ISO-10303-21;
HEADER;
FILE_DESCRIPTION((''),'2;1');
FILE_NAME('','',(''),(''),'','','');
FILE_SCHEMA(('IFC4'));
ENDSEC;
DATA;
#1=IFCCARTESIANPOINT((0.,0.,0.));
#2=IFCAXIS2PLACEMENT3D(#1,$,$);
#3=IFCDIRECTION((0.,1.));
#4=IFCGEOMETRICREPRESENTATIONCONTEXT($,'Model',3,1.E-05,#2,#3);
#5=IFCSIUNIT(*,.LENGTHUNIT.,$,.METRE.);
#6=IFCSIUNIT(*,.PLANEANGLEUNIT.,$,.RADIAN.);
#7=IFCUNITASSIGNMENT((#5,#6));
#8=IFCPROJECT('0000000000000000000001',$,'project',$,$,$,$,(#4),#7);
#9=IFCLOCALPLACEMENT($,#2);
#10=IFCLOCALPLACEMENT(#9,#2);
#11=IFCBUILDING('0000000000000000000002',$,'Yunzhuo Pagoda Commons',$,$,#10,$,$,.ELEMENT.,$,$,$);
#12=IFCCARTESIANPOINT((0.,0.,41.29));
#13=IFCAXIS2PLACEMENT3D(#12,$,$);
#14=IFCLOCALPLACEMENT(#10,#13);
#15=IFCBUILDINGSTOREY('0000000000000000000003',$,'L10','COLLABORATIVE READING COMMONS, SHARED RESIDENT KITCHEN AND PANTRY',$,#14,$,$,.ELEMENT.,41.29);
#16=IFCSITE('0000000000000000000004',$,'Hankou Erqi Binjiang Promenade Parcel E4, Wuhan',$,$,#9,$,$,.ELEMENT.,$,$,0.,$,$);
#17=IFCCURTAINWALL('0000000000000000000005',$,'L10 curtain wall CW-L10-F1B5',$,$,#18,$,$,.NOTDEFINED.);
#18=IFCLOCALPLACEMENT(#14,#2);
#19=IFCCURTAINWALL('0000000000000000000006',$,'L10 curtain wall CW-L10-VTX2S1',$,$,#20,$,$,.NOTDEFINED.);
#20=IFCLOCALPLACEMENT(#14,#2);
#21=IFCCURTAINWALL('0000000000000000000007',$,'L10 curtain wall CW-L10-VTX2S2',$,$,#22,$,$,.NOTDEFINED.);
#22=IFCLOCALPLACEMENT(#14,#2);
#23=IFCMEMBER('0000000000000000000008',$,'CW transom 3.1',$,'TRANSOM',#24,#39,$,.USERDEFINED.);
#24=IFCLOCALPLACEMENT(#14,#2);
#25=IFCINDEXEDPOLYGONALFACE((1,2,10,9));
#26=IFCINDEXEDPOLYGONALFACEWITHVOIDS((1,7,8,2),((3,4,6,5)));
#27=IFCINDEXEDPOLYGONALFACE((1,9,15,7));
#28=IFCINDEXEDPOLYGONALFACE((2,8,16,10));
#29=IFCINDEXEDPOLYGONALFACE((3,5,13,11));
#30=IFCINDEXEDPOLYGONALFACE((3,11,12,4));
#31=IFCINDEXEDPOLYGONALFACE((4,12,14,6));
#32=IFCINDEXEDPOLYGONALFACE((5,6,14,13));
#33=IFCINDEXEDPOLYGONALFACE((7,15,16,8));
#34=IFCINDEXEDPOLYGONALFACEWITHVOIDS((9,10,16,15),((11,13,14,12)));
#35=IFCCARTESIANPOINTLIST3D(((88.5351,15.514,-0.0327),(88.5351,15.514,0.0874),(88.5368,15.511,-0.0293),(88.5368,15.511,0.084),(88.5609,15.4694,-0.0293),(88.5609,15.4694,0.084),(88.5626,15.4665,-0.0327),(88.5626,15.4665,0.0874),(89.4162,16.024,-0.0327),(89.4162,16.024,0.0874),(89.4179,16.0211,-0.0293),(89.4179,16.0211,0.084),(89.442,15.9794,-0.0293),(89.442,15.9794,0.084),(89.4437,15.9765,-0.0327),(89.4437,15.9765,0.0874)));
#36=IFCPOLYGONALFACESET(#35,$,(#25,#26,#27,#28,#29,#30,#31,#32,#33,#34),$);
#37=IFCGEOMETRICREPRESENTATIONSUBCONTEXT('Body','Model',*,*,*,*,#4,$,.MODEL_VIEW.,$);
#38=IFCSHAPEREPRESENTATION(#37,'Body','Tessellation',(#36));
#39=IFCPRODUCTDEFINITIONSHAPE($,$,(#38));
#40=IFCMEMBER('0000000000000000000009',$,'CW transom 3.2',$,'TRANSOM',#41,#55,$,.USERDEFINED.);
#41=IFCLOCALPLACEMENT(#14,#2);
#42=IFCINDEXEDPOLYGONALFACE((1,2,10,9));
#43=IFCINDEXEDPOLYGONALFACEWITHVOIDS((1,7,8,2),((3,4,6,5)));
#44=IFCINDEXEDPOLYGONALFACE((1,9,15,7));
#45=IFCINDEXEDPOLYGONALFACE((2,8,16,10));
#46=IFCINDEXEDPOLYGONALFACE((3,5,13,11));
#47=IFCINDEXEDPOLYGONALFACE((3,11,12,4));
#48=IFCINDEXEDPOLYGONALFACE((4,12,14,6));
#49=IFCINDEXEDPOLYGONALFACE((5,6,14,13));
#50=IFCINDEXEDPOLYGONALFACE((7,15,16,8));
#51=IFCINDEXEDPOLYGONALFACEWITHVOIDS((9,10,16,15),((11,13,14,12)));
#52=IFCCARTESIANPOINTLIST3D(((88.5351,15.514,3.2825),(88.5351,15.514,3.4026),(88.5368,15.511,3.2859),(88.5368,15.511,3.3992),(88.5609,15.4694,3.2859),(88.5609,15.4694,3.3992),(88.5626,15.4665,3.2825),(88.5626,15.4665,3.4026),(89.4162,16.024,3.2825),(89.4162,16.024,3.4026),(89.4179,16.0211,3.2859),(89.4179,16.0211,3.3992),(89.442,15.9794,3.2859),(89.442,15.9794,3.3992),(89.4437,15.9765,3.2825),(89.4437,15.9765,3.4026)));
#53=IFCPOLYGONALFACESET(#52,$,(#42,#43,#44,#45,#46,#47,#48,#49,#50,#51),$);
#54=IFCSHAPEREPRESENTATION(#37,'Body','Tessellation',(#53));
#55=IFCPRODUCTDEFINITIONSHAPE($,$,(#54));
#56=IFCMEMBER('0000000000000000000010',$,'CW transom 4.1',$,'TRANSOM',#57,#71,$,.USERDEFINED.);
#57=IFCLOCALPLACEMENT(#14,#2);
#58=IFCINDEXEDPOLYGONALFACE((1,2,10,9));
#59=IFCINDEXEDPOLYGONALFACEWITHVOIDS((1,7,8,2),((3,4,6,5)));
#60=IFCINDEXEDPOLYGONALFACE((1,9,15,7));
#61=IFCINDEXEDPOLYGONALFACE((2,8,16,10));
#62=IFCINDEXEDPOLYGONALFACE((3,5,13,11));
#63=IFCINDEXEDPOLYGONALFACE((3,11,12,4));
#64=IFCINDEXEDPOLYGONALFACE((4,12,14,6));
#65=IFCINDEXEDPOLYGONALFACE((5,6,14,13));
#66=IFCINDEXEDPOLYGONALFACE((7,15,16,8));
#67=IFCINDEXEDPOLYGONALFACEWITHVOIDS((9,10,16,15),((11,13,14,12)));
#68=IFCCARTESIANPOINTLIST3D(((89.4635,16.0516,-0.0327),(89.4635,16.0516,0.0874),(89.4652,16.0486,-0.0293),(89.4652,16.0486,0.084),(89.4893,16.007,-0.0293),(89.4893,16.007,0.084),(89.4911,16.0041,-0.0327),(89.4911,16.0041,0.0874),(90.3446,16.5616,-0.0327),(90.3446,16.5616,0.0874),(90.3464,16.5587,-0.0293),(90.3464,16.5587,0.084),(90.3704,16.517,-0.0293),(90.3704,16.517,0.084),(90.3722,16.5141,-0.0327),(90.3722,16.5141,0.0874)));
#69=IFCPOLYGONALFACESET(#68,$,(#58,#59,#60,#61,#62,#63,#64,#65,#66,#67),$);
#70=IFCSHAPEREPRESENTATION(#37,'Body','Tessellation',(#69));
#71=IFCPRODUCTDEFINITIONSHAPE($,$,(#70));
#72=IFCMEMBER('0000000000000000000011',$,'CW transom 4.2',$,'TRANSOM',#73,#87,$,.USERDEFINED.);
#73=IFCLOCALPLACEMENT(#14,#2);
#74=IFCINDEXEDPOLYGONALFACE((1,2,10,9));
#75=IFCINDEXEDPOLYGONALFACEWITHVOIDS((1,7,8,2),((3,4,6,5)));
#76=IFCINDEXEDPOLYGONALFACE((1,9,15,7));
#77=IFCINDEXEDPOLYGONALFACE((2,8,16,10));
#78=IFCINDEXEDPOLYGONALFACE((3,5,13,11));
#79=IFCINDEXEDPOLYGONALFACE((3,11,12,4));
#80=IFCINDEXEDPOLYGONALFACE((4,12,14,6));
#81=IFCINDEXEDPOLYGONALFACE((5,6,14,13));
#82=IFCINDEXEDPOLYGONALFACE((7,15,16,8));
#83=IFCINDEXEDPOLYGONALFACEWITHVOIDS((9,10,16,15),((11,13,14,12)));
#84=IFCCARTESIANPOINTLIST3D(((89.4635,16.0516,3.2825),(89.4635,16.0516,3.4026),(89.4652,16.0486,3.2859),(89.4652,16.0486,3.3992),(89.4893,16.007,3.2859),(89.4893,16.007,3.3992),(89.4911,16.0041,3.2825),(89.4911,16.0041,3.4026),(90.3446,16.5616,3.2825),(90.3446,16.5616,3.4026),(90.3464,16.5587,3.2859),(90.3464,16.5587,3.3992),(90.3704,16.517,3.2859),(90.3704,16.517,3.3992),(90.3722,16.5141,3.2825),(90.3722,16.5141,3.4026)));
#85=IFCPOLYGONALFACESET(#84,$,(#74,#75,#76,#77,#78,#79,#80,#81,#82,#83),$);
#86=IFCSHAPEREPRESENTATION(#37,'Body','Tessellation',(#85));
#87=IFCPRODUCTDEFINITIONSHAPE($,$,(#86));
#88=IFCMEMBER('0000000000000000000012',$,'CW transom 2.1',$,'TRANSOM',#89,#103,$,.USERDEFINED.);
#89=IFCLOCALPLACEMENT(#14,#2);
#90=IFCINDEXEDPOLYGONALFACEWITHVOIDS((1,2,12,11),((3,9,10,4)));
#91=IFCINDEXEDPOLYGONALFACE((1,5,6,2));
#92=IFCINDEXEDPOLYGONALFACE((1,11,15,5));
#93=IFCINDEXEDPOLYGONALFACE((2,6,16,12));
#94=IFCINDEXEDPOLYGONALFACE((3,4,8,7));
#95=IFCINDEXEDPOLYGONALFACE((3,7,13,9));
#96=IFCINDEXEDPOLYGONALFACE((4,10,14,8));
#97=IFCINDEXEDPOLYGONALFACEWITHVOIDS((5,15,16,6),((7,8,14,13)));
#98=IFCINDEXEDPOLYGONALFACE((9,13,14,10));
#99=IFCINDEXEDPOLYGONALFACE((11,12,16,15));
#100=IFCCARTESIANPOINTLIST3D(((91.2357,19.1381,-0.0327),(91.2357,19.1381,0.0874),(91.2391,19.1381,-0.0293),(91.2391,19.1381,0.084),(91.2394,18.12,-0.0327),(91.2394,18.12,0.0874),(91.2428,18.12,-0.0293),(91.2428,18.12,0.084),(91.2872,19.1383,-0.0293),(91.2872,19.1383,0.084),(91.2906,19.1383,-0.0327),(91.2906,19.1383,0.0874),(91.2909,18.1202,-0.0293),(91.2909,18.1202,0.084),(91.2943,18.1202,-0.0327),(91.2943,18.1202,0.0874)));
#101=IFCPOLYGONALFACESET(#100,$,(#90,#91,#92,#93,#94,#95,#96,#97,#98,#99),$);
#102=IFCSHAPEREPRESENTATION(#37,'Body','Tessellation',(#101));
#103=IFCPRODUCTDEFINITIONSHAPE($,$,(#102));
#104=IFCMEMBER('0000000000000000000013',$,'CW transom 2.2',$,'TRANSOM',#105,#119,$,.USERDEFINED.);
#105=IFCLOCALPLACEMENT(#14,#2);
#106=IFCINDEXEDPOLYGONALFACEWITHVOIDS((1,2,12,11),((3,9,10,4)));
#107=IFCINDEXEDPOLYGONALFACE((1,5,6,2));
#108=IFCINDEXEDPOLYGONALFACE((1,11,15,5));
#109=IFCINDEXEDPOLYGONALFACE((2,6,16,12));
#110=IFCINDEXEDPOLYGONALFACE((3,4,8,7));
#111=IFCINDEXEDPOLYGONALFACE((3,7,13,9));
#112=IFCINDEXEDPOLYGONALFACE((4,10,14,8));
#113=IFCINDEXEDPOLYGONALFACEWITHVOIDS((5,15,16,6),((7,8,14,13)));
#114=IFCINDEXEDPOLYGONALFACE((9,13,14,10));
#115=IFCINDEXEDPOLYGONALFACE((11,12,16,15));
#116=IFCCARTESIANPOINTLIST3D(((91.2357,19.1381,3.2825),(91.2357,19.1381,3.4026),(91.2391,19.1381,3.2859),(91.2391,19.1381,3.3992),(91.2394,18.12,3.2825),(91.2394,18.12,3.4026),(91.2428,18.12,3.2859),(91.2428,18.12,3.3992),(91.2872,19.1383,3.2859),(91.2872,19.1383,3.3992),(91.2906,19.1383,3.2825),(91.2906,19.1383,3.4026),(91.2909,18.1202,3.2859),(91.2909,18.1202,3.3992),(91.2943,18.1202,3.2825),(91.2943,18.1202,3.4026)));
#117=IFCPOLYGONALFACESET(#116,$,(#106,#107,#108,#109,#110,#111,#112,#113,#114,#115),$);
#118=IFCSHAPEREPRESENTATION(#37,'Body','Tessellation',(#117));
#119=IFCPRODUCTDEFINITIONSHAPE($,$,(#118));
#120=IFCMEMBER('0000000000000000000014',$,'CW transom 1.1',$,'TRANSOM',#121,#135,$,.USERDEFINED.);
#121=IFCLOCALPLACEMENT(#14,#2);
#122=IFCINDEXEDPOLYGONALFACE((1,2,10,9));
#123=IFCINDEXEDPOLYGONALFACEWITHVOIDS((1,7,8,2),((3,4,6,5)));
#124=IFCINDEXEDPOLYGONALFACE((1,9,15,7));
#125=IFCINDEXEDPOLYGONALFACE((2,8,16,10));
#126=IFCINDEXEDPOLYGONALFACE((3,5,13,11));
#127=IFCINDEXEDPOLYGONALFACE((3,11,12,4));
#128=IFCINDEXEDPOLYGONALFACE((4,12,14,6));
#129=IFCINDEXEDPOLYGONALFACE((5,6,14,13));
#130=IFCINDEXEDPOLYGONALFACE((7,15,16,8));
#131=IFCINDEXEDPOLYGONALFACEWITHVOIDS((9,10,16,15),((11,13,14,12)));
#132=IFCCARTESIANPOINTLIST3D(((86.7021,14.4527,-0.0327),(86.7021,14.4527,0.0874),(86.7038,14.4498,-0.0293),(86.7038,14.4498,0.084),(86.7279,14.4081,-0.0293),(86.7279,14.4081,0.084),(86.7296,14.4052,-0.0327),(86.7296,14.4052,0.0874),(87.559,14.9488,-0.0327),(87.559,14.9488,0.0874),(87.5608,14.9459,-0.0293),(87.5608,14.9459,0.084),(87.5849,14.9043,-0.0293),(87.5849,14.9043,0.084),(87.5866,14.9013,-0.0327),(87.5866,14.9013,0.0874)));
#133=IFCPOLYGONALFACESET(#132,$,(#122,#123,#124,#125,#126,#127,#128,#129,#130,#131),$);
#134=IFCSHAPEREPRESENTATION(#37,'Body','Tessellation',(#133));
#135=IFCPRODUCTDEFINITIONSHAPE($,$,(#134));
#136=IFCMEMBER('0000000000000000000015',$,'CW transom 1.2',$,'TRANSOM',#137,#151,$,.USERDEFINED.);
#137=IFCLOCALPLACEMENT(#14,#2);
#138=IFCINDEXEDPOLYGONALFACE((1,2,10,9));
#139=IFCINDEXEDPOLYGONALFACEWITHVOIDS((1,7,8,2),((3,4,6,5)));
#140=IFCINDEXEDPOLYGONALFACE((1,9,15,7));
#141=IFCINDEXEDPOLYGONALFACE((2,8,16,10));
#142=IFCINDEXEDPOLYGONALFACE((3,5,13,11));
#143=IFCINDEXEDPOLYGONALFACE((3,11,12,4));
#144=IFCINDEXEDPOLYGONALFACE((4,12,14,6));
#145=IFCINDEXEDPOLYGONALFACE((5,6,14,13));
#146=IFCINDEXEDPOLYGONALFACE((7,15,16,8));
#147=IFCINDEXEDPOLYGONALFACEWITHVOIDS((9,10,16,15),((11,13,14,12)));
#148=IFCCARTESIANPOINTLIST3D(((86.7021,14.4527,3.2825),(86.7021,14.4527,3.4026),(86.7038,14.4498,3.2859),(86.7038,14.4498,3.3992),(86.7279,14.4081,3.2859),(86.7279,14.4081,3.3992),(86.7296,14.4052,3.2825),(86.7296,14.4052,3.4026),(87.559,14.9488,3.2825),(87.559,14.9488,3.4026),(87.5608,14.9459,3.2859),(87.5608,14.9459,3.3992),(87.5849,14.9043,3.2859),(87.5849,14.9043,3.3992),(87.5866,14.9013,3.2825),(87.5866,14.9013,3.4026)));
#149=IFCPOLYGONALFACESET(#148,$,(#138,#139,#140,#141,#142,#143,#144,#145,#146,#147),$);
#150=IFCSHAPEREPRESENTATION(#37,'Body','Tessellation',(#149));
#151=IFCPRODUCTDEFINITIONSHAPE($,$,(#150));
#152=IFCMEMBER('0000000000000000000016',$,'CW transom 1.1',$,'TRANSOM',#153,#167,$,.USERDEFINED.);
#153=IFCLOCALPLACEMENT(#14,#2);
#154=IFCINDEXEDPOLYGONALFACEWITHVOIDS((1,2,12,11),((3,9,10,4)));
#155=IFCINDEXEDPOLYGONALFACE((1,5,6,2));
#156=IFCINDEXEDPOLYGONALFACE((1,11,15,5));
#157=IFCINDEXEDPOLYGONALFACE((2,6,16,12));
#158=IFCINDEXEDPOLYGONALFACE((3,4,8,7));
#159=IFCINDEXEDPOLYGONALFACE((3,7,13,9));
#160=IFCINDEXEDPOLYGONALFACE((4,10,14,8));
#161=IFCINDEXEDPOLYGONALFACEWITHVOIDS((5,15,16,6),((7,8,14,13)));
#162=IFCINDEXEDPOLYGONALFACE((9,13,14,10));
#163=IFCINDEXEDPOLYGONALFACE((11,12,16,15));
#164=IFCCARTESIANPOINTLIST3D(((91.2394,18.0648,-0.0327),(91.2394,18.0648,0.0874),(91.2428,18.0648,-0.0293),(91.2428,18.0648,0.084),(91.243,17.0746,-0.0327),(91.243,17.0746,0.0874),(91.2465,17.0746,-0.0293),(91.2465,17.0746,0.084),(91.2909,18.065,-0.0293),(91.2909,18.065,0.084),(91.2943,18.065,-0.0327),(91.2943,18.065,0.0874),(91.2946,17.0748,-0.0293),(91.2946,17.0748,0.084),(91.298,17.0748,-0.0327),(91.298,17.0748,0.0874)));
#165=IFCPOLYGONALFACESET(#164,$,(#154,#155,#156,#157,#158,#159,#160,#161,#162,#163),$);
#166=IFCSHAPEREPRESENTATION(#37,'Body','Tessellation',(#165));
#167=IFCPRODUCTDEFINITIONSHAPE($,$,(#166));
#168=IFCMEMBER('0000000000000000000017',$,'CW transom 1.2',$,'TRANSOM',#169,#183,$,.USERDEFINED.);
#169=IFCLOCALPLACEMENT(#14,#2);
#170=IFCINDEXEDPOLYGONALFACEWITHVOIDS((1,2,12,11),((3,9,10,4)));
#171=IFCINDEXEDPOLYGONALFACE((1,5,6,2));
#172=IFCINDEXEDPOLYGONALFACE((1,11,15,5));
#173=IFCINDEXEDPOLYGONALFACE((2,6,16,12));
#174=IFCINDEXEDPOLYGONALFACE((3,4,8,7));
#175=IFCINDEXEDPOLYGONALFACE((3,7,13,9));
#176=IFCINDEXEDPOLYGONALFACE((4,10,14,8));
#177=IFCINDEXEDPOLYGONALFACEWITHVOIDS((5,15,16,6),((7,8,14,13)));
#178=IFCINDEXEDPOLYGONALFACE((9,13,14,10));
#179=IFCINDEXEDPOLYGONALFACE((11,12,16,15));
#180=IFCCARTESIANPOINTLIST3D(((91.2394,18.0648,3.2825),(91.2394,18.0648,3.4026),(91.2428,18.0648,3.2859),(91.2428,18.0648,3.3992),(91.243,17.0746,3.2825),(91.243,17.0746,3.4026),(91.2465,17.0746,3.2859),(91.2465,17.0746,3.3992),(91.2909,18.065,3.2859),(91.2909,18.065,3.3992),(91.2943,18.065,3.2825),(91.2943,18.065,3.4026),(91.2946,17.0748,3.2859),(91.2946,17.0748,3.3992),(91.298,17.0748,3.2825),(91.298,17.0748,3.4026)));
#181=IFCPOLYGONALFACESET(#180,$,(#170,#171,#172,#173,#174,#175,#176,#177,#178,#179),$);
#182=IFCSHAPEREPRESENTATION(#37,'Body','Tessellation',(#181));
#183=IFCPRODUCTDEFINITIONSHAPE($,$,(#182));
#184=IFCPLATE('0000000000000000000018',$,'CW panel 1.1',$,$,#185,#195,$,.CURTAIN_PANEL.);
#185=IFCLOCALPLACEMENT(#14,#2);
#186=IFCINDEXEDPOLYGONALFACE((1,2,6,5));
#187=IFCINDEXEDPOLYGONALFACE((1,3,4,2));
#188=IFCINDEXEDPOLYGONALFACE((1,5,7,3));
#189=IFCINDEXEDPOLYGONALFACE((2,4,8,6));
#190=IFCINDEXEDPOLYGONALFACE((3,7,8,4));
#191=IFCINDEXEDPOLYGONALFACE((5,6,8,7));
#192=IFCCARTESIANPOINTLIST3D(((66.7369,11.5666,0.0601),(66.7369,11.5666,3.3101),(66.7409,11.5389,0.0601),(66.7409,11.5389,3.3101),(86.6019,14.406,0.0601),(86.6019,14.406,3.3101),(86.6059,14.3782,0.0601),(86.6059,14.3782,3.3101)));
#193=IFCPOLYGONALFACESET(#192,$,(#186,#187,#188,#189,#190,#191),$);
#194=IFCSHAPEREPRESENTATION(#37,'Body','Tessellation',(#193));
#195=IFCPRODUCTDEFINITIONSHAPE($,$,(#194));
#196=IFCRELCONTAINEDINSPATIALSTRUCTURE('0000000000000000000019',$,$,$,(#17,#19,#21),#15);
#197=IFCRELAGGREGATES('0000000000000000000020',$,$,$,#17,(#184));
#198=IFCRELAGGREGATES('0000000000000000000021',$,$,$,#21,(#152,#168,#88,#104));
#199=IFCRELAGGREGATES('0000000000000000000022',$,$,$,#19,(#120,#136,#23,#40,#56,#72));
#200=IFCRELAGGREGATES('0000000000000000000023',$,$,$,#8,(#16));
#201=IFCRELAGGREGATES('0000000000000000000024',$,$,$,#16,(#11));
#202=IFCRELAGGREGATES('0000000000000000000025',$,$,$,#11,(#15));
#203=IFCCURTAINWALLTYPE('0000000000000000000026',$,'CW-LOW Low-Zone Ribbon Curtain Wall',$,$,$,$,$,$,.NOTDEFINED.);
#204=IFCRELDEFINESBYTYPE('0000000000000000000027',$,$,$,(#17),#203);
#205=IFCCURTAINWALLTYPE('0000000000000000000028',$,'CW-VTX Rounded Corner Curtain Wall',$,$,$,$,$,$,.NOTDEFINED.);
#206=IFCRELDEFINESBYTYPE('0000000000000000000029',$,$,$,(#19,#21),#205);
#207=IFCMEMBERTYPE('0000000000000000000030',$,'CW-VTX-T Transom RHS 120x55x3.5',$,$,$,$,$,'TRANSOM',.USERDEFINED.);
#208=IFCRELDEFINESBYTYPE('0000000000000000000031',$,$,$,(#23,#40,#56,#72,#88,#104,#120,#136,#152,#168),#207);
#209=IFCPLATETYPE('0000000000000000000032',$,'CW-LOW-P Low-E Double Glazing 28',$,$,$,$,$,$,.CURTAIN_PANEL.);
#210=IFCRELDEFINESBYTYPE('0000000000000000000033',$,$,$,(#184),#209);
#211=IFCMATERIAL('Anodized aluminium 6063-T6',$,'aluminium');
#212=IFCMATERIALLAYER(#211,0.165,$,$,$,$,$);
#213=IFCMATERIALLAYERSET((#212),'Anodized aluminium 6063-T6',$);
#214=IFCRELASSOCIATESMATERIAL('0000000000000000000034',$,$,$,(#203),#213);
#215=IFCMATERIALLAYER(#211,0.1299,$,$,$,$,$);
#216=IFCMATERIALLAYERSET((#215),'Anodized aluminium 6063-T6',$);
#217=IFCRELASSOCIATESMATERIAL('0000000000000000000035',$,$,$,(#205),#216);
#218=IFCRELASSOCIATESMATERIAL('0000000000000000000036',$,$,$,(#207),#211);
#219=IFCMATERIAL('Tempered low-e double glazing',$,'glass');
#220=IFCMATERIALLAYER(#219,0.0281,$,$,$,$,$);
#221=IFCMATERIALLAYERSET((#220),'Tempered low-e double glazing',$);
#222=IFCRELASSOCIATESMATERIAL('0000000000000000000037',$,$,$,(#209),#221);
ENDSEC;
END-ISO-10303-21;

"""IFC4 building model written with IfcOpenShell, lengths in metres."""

from ifc_helpers import new_model, si_unit, direction, frame, origin, origin_2d, place, context, subcontext, project, spatial, rectangle, hollow_rectangle, extrude, source, transform, mapped, material, layer, layer_set, material_profile, profile_set, type_object, element, aggregate, save


model = new_model("IFC4")

# Units and contexts
model_context = context("Model", 3, precision=1e-05, world=origin(), true_north=direction((0.0, 1.0)))
body_context = subcontext(model_context, "Body", "Model", "MODEL_VIEW")
ifc_project = project(units=[si_unit("LENGTHUNIT", "METRE"), si_unit("PLANEANGLEUNIT", "RADIAN")], contexts=[model_context])

# Site, building, storey
site_placement = place(None, origin())
site = spatial("IfcSite", under=ifc_project, at=site_placement, Name="Hankou Erqi Binjiang Promenade Parcel E4, Wuhan", CompositionType="ELEMENT", RefElevation=0.0)
building_placement = place(site_placement, origin())
building = spatial("IfcBuilding", under=site, at=building_placement, Name="Yunzhuo Pagoda Commons", CompositionType="ELEMENT")
storey_placement = place(building_placement, frame((0.0, 0.0, 41.29)))
storey = spatial("IfcBuildingStorey", under=building, at=storey_placement, Name="L10", Description="COLLABORATIVE READING COMMONS, SHARED RESIDENT KITCHEN AND PANTRY", CompositionType="ELEMENT", Elevation=41.29)

# Curtain wall
ifc_material_1 = material(Name="Anodized aluminium 6063-T6", Category="aluminium")
ifc_layer_1 = layer(ifc_material_1, 0.165)
ifc_layer_set_1 = layer_set([ifc_layer_1], Name="Anodized aluminium 6063-T6")
curtain_wall_type_1 = type_object("IfcCurtainWallType", Name="CW-LOW Low-Zone Ribbon Curtain Wall", PredefinedType="NOTDEFINED", material=ifc_layer_set_1)
curtain_wall_1_placement = place(storey_placement, origin())
curtain_wall_1 = element("IfcCurtainWall", 1, at=curtain_wall_1_placement, inside=storey, type_object=curtain_wall_type_1, Name="L10 curtain wall CW-L10-F1B5", PredefinedType="NOTDEFINED")

# Curtain wall
ifc_layer_2 = layer(ifc_material_1, 0.1299)
ifc_layer_set_2 = layer_set([ifc_layer_2], Name="Anodized aluminium 6063-T6")
curtain_wall_type_2 = type_object("IfcCurtainWallType", Name="CW-VTX Rounded Corner Curtain Wall", PredefinedType="NOTDEFINED", material=ifc_layer_set_2)
curtain_wall_2_placement = place(storey_placement, origin())
curtain_wall_2 = element("IfcCurtainWall", 2, at=curtain_wall_2_placement, inside=storey, type_object=curtain_wall_type_2, Name="L10 curtain wall CW-L10-VTX2S1", PredefinedType="NOTDEFINED")

# Curtain wall
curtain_wall_3_placement = place(storey_placement, origin())
curtain_wall_3 = element("IfcCurtainWall", 3, at=curtain_wall_3_placement, inside=storey, type_object=curtain_wall_type_2, Name="L10 curtain wall CW-L10-VTX2S2", PredefinedType="NOTDEFINED")

# Members
ifc_material_profile_1 = material_profile(ifc_material_1, hollow_rectangle(XDim=0.0549, YDim=0.1201, WallThickness=0.0034, at=origin_2d()), Name="Anodized aluminium 6063-T6")
ifc_profile_set_1 = profile_set([ifc_material_profile_1], Name="Anodized aluminium 6063-T6")
member_type_1 = type_object("IfcMemberType", Name="CW-VTX-T Transom RHS 120x55x3.5", ElementType="TRANSOM", PredefinedType="USERDEFINED", material=ifc_profile_set_1)
shared_shape_1 = source(origin(), body_context, "Body", "SweptSolid", [
    extrude(hollow_rectangle(XDim=0.0549, YDim=0.1201, WallThickness=0.0034, at=origin_2d()), origin(), (0.0, 0.0, 1.0), 1.0181),
])
member_1_placement = place(storey_placement, frame((88.5488, 15.4902, 0.0273), z_axis=(0.86547, 0.500961, 0.0), x_axis=(-0.500961, 0.86547, 0.0)))
member_1 = element("IfcMember", 4, at=member_1_placement, type_object=member_type_1, Name="CW transom 3.1", ObjectType="TRANSOM", PredefinedType="USERDEFINED", context=body_context, shape_type="MappedRepresentation", body=[
    mapped(shared_shape_1, transform((0.0, 0.0, 0.0), scale=1.0)),
])
member_2_placement = place(storey_placement, frame((88.5488, 15.4902, 3.3425), z_axis=(0.86547, 0.500961, 0.0), x_axis=(-0.500961, 0.86547, 0.0)))
member_2 = element("IfcMember", 5, at=member_2_placement, type_object=member_type_1, Name="CW transom 3.2", ObjectType="TRANSOM", PredefinedType="USERDEFINED", context=body_context, shape_type="MappedRepresentation", body=[
    mapped(shared_shape_1, transform((0.0, 0.0, 0.0), scale=1.0)),
])
member_3_placement = place(storey_placement, frame((89.4773, 16.0278, 0.0273), z_axis=(0.86547, 0.500961, 0.0), x_axis=(-0.500961, 0.86547, 0.0)))
member_3 = element("IfcMember", 6, at=member_3_placement, type_object=member_type_1, Name="CW transom 4.1", ObjectType="TRANSOM", PredefinedType="USERDEFINED", context=body_context, shape_type="MappedRepresentation", body=[
    mapped(shared_shape_1, transform((0.0, 0.0, 0.0), scale=1.0)),
])
member_4_placement = place(storey_placement, frame((89.4773, 16.0278, 3.3425), z_axis=(0.86547, 0.500961, 0.0), x_axis=(-0.500961, 0.86547, 0.0)))
member_4 = element("IfcMember", 7, at=member_4_placement, type_object=member_type_1, Name="CW transom 4.2", ObjectType="TRANSOM", PredefinedType="USERDEFINED", context=body_context, shape_type="MappedRepresentation", body=[
    mapped(shared_shape_1, transform((0.0, 0.0, 0.0), scale=1.0)),
])
member_5_placement = place(storey_placement, frame((91.2668, 18.1201, 0.0273), z_axis=(-0.003597, 0.999994, 0.0), x_axis=(-0.999994, -0.003597, 0.0)))
member_5 = element("IfcMember", 8, at=member_5_placement, type_object=member_type_1, Name="CW transom 2.1", ObjectType="TRANSOM", PredefinedType="USERDEFINED", context=body_context, shape_type="MappedRepresentation", body=[
    mapped(shared_shape_1, transform((0.0, 0.0, 0.0), scale=1.0)),
])
member_6_placement = place(storey_placement, frame((91.2668, 18.1201, 3.3425), z_axis=(-0.003597, 0.999994, 0.0), x_axis=(-0.999994, -0.003597, 0.0)))
member_6 = element("IfcMember", 9, at=member_6_placement, type_object=member_type_1, Name="CW transom 2.2", ObjectType="TRANSOM", PredefinedType="USERDEFINED", context=body_context, shape_type="MappedRepresentation", body=[
    mapped(shared_shape_1, transform((0.0, 0.0, 0.0), scale=1.0)),
])
shared_shape_2 = source(origin(), body_context, "Body", "SweptSolid", [
    extrude(hollow_rectangle(XDim=0.0549, YDim=0.1201, WallThickness=0.0034, at=origin_2d()), origin(), (0.0, 0.0, 1.0), 0.9902),
])
member_7_placement = place(storey_placement, frame((86.7158, 14.429, 0.0273), z_axis=(0.865438, 0.501017, 0.0), x_axis=(-0.501017, 0.865438, 0.0)))
member_7 = element("IfcMember", 10, at=member_7_placement, type_object=member_type_1, Name="CW transom 1.1", ObjectType="TRANSOM", PredefinedType="USERDEFINED", context=body_context, shape_type="MappedRepresentation", body=[
    mapped(shared_shape_2, transform((0.0, 0.0, 0.0), scale=1.0)),
])
member_8_placement = place(storey_placement, frame((86.7158, 14.429, 3.3425), z_axis=(0.865438, 0.501017, 0.0), x_axis=(-0.501017, 0.865438, 0.0)))
member_8 = element("IfcMember", 11, at=member_8_placement, type_object=member_type_1, Name="CW transom 1.2", ObjectType="TRANSOM", PredefinedType="USERDEFINED", context=body_context, shape_type="MappedRepresentation", body=[
    mapped(shared_shape_2, transform((0.0, 0.0, 0.0), scale=1.0)),
])
member_9_placement = place(storey_placement, frame((91.2705, 17.0747, 0.0273), z_axis=(-0.003698, 0.999993, 0.0), x_axis=(-0.999993, -0.003698, 0.0)))
member_9 = element("IfcMember", 12, at=member_9_placement, type_object=member_type_1, Name="CW transom 1.1", ObjectType="TRANSOM", PredefinedType="USERDEFINED", context=body_context, shape_type="MappedRepresentation", body=[
    mapped(shared_shape_2, transform((0.0, 0.0, 0.0), scale=1.0)),
])
member_10_placement = place(storey_placement, frame((91.2705, 17.0747, 3.3425), z_axis=(-0.003698, 0.999993, 0.0), x_axis=(-0.999993, -0.003698, 0.0)))
member_10 = element("IfcMember", 13, at=member_10_placement, type_object=member_type_1, Name="CW transom 1.2", ObjectType="TRANSOM", PredefinedType="USERDEFINED", context=body_context, shape_type="MappedRepresentation", body=[
    mapped(shared_shape_2, transform((0.0, 0.0, 0.0), scale=1.0)),
])

# Plate
ifc_material_2 = material(Name="Tempered low-e double glazing", Category="glass")
ifc_layer_3 = layer(ifc_material_2, 0.0281)
ifc_layer_set_3 = layer_set([ifc_layer_3], Name="Tempered low-e double glazing")
plate_type_1 = type_object("IfcPlateType", Name="CW-LOW-P Low-E Double Glazing 28", PredefinedType="CURTAIN_PANEL", material=ifc_layer_set_3)
shared_shape_3 = source(origin(), body_context, "Body", "SweptSolid", [
    extrude(rectangle(XDim=20.0669, YDim=0.0281, at=origin_2d()), origin(), (0.0, 0.0, 1.0), 3.25),
])
plate_1_placement = place(storey_placement, frame((76.6714, 12.9724, 0.0601), z_axis=(0.0, 0.0, 1.0), x_axis=(0.989939, 0.141493, 0.0)))
plate_1 = element("IfcPlate", 14, at=plate_1_placement, type_object=plate_type_1, Name="CW panel 1.1", PredefinedType="CURTAIN_PANEL", context=body_context, shape_type="MappedRepresentation", body=[
    mapped(shared_shape_3, transform((0.0, 0.0, 0.0), scale=1.0)),
])
aggregate(curtain_wall_1, [plate_1])
aggregate(curtain_wall_3, [member_9, member_10, member_5, member_6])
aggregate(curtain_wall_2, [member_7, member_8, member_1, member_2, member_3, member_4])

save(model, "model.ifc")
